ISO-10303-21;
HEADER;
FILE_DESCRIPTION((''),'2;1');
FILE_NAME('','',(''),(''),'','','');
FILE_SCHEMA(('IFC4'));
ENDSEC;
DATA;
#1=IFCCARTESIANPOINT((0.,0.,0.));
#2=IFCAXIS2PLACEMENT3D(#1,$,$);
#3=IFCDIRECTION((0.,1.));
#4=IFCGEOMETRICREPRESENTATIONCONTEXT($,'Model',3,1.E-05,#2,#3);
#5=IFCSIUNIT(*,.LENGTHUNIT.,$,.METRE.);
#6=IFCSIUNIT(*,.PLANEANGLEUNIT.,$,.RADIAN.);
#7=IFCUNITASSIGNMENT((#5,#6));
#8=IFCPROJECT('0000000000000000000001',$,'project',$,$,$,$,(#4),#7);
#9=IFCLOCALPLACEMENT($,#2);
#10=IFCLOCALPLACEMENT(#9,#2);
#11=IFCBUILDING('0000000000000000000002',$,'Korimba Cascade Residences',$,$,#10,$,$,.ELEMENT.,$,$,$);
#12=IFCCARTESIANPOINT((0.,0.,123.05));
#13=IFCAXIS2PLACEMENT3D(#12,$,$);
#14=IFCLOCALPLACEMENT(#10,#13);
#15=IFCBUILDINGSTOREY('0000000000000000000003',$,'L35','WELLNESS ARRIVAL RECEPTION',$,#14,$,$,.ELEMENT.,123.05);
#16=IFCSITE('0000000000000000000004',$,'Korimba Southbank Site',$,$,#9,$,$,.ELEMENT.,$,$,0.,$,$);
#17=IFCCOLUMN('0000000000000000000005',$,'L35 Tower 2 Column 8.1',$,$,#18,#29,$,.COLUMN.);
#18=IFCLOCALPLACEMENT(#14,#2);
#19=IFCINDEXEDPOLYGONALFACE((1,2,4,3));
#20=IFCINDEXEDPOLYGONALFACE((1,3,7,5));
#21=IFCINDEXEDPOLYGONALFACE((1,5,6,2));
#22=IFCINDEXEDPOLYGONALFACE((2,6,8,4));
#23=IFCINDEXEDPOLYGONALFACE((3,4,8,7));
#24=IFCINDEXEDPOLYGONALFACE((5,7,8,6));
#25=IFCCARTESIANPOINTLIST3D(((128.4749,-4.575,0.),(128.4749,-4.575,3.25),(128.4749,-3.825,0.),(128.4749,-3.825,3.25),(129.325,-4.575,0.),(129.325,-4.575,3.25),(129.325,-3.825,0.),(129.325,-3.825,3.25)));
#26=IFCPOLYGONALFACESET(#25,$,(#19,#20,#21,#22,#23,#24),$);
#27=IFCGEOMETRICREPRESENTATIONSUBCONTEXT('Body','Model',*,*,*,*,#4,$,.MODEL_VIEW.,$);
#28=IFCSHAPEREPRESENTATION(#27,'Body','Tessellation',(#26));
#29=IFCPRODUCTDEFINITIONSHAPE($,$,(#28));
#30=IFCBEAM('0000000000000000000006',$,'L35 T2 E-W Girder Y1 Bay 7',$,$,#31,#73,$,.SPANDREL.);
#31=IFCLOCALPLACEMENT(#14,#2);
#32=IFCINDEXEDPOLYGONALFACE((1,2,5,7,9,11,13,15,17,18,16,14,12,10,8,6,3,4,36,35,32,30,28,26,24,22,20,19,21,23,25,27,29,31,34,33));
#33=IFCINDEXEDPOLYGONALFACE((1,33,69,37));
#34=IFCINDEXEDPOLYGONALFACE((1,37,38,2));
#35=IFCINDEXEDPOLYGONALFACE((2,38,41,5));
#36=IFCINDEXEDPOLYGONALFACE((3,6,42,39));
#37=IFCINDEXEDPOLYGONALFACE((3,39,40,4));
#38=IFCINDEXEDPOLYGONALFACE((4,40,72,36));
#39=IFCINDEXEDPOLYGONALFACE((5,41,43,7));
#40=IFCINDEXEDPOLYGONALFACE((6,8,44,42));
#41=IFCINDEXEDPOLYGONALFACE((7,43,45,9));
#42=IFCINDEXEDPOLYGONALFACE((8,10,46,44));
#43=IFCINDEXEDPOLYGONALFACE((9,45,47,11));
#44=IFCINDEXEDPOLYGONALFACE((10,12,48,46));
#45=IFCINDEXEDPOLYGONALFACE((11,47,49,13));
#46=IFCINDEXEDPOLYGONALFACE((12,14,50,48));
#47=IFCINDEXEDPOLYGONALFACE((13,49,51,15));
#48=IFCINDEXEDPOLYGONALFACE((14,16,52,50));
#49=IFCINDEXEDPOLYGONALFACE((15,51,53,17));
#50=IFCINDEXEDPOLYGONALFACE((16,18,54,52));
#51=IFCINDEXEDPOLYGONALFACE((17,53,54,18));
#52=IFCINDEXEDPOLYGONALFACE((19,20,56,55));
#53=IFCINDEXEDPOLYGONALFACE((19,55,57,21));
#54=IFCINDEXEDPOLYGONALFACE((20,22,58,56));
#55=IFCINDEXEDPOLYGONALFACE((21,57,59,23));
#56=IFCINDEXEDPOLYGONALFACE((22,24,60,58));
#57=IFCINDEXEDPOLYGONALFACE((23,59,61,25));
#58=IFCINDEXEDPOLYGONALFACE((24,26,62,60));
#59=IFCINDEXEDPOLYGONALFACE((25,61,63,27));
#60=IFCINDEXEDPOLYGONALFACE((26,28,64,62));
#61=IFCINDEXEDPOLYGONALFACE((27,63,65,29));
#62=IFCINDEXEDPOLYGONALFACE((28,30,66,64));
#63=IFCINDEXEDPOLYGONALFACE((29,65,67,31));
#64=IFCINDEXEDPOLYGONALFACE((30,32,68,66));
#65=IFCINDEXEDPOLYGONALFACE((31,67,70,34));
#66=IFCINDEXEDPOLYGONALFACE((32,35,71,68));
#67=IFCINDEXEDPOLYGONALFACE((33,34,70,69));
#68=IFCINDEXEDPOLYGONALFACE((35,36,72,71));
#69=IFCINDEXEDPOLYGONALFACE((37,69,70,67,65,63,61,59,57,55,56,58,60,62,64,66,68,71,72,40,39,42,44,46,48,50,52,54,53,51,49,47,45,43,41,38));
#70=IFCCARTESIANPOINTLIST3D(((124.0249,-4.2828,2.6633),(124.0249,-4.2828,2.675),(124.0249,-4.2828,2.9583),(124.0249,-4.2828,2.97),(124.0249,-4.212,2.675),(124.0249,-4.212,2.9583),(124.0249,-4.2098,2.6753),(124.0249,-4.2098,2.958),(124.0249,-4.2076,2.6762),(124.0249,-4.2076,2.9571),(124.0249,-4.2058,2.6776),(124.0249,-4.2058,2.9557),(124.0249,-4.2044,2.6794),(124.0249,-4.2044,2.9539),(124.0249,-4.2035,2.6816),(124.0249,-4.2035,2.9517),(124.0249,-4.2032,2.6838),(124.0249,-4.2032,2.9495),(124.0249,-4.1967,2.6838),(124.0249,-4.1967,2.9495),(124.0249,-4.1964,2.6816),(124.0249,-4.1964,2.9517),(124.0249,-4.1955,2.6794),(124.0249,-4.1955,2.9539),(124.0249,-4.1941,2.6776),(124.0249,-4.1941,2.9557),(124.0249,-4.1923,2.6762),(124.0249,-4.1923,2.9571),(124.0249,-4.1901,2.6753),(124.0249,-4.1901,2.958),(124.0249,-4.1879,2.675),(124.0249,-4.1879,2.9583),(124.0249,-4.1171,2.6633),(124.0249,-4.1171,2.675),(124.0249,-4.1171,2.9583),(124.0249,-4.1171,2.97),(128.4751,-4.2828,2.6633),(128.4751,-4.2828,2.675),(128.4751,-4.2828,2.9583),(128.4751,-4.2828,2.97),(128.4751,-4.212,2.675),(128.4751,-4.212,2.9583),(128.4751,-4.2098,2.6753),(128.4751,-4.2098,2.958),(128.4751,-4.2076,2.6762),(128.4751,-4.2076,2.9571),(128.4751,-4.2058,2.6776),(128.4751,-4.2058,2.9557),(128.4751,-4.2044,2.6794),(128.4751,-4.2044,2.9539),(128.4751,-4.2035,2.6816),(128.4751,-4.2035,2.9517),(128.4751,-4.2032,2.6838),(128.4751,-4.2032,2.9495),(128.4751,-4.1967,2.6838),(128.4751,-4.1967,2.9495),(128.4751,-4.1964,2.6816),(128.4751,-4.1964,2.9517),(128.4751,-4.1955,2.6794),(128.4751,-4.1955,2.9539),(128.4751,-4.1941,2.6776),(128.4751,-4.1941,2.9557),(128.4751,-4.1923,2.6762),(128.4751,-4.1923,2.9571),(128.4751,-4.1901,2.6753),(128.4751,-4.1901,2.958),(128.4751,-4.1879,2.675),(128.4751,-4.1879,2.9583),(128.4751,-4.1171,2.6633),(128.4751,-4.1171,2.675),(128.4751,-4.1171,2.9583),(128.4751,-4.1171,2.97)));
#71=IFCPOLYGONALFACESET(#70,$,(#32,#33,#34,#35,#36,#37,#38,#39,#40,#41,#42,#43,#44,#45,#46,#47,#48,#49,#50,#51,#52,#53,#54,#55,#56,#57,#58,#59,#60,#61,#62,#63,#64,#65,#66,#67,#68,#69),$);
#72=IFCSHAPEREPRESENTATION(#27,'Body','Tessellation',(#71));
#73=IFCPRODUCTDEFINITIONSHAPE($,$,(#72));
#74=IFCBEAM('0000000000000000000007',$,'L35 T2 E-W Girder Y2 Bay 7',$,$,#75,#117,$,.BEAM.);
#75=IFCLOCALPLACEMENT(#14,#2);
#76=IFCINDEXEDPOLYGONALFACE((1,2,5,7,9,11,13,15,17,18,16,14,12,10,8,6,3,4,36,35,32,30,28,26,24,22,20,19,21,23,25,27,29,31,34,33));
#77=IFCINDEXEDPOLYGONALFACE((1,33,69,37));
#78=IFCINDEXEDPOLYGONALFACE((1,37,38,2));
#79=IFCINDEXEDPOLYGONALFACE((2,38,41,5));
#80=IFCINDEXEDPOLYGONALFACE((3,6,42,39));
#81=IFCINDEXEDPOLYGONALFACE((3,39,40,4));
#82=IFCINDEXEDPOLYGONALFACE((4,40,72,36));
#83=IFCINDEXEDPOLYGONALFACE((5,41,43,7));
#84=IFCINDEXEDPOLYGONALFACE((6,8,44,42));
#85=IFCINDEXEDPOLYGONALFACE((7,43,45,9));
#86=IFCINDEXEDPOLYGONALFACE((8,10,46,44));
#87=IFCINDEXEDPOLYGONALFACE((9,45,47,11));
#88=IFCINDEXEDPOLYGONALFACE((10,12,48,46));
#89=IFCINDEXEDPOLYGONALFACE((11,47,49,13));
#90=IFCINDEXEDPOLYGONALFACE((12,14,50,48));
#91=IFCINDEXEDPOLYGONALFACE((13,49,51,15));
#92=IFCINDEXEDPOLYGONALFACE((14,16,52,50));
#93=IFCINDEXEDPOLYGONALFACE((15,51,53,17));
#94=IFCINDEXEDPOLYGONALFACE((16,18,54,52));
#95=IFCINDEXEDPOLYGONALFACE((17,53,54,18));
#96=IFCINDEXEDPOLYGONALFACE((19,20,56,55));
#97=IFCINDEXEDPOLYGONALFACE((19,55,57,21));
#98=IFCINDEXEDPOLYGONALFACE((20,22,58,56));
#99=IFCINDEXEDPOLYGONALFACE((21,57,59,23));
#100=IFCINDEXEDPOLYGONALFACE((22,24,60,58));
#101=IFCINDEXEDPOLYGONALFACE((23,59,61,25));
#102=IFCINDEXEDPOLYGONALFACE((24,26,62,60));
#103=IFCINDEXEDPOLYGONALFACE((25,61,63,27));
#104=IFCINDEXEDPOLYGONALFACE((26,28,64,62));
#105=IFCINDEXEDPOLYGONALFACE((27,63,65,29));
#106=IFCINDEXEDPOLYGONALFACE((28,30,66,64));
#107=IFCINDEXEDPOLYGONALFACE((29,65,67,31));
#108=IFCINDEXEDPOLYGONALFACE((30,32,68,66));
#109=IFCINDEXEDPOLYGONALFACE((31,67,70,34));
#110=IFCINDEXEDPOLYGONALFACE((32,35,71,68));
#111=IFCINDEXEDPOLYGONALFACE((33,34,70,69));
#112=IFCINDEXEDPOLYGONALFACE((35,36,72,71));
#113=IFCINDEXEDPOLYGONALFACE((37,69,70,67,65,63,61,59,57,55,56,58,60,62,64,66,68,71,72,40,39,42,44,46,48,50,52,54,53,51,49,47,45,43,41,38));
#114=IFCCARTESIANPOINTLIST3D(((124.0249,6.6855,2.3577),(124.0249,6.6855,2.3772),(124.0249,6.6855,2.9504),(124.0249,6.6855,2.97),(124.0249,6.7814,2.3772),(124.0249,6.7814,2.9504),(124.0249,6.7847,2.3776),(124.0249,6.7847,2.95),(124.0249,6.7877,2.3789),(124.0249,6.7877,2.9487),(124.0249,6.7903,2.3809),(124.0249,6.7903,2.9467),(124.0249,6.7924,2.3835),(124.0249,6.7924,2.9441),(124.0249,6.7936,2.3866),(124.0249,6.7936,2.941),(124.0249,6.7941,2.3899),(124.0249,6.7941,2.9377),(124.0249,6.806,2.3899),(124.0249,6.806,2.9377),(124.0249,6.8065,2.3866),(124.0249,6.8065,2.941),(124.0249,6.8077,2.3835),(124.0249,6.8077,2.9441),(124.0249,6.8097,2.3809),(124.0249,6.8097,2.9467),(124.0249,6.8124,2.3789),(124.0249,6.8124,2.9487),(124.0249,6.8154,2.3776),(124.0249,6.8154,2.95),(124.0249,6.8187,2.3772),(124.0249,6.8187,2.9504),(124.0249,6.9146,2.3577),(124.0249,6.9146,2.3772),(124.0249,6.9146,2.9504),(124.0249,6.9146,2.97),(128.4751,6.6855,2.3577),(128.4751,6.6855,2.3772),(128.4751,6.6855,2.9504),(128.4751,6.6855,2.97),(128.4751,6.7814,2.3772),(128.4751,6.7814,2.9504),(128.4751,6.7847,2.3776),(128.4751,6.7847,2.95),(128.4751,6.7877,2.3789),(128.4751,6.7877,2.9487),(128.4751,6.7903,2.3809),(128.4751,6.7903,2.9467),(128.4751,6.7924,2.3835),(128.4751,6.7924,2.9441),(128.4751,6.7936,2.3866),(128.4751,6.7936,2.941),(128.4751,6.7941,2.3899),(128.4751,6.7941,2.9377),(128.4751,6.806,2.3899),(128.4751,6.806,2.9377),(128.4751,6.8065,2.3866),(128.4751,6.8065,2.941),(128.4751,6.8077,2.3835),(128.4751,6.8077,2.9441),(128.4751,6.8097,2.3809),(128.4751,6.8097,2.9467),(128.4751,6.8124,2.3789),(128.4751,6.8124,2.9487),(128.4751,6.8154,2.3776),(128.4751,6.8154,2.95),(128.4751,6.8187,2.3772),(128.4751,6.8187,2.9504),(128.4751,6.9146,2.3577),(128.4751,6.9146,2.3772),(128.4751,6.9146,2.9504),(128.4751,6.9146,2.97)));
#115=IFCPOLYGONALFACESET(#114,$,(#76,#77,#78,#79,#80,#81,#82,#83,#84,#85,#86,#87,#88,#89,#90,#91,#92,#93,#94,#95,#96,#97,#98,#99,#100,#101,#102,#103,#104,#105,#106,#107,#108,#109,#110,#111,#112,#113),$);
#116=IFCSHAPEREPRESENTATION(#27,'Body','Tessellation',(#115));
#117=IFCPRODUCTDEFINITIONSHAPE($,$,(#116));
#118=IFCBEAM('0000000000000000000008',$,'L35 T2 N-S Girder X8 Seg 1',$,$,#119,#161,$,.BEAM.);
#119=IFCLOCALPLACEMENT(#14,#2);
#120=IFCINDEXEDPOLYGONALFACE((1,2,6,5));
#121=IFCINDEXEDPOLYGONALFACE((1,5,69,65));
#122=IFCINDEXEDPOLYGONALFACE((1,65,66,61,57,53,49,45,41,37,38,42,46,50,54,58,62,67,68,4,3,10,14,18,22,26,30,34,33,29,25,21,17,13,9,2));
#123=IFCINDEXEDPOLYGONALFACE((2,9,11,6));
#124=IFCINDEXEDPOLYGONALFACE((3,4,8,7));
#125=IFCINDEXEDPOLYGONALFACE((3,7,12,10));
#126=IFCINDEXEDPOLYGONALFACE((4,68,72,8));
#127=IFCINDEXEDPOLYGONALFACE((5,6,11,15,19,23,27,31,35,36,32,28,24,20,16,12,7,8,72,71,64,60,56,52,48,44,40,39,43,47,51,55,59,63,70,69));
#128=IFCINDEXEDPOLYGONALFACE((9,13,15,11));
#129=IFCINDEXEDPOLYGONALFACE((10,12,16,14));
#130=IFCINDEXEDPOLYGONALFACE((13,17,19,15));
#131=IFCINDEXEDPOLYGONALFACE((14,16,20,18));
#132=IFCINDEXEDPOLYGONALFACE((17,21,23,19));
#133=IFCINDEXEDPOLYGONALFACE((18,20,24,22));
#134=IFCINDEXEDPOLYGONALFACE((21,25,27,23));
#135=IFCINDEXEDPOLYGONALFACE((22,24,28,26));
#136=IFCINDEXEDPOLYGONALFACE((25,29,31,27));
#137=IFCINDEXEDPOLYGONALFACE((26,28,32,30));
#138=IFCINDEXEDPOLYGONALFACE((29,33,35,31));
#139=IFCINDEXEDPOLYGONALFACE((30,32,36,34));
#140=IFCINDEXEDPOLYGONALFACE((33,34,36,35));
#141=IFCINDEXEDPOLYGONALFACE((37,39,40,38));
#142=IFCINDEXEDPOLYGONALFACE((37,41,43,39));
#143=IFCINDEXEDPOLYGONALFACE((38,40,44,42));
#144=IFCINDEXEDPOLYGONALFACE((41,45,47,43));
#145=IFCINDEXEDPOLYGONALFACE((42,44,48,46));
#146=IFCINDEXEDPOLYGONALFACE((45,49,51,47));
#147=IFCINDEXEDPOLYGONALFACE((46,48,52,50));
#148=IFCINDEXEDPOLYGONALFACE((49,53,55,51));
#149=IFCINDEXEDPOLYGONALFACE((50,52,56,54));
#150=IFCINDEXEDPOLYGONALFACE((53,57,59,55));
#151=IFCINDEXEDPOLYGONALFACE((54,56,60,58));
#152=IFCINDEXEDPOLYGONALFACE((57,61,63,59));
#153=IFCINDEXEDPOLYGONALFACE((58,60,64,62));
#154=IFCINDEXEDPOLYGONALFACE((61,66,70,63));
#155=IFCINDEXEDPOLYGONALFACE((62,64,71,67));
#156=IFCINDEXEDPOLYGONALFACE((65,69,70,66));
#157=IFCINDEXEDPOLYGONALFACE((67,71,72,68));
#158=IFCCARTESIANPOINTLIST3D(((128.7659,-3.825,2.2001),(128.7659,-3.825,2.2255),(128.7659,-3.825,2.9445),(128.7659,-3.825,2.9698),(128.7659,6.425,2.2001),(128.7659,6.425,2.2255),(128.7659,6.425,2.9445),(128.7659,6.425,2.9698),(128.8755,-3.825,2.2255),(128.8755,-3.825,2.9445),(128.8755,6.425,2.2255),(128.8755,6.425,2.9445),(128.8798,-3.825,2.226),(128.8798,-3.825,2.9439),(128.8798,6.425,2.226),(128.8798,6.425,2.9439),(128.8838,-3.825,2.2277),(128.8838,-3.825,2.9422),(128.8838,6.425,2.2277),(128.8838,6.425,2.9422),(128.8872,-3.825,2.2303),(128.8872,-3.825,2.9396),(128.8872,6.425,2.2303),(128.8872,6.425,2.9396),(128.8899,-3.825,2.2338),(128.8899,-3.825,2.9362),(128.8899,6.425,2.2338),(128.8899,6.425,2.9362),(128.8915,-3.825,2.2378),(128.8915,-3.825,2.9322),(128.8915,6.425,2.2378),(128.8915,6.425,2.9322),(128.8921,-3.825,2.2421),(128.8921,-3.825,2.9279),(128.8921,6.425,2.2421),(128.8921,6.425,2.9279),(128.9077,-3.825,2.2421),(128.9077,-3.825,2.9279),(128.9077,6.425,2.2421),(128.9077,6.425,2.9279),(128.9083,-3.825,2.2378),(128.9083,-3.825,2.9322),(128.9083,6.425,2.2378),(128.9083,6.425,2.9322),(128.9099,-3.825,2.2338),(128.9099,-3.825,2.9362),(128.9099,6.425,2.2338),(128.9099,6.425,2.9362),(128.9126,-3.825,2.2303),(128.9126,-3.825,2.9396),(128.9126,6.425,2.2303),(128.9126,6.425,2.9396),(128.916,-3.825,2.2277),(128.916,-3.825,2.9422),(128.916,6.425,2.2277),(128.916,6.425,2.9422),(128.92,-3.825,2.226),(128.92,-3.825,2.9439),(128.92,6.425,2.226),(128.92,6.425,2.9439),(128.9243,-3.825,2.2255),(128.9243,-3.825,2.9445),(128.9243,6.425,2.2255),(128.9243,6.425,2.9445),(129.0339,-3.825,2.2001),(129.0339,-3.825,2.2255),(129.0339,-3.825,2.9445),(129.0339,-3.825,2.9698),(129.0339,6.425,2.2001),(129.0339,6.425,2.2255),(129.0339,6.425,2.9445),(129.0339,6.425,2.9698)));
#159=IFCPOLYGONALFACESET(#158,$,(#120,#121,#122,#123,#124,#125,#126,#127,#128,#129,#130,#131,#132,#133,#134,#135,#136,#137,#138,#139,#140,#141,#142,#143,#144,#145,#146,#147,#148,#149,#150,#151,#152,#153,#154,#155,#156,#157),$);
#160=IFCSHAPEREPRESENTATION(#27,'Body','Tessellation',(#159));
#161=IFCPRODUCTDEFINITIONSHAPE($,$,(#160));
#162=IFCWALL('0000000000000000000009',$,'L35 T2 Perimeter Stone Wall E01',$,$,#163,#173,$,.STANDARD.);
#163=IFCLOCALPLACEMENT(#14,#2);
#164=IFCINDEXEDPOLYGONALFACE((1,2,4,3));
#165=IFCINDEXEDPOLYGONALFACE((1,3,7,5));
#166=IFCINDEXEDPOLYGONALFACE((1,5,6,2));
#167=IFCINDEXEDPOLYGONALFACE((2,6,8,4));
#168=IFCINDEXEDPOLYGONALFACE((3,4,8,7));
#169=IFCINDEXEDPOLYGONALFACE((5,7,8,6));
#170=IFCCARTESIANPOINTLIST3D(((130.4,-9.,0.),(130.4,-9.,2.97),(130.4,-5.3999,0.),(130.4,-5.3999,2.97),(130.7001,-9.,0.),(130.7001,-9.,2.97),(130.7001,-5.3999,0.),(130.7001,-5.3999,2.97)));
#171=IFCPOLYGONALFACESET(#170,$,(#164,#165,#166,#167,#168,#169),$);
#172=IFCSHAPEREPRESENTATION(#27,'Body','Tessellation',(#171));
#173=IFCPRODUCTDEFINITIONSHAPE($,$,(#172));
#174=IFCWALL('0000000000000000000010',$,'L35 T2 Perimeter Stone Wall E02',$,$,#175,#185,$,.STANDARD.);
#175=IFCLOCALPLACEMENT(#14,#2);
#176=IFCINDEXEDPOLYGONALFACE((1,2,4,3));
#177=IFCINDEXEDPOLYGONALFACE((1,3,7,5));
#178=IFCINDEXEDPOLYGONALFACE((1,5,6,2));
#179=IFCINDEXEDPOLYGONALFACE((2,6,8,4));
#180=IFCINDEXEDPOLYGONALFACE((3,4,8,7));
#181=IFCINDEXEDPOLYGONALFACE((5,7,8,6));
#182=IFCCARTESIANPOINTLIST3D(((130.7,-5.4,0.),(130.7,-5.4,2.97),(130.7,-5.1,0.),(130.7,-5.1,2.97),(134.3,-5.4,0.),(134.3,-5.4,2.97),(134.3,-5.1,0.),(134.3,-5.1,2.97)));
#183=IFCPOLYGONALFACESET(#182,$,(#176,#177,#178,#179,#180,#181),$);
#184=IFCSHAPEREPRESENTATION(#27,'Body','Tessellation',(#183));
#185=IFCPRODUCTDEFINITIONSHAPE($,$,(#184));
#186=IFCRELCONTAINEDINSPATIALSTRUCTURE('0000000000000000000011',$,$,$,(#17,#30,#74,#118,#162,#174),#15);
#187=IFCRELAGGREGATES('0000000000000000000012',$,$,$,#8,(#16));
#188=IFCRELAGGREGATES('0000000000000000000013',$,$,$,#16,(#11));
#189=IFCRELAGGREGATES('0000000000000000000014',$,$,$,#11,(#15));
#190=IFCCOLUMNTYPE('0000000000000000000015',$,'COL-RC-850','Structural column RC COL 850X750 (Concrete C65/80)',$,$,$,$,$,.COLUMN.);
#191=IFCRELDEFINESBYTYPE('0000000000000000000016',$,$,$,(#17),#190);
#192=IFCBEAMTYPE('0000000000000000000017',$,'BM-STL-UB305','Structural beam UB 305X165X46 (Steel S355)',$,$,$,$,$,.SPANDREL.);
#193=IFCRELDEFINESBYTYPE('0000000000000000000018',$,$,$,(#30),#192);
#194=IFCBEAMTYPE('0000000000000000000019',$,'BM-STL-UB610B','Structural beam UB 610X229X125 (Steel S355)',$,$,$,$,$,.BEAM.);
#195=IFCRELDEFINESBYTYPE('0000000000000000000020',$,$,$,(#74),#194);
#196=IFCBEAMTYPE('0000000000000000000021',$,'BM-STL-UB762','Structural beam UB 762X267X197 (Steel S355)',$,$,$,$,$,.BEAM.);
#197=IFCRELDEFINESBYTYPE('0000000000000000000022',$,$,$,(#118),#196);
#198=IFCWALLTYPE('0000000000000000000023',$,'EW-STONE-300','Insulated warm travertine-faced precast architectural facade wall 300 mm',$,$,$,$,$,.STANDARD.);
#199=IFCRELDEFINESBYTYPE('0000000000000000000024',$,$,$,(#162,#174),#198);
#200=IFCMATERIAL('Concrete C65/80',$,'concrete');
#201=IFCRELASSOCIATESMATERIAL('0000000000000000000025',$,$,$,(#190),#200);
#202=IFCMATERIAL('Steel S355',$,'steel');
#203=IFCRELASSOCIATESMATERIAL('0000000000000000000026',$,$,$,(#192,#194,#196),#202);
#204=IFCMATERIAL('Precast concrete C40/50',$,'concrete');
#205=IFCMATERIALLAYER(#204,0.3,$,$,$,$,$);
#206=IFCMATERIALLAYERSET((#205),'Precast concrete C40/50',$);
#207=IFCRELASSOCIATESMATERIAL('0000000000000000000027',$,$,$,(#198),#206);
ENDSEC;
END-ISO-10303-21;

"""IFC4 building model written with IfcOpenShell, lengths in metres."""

from ifc_helpers import new_model, si_unit, direction, frame, frame_2d, origin, origin_2d, place, context, subcontext, project, spatial, rectangle, i_section, extrude, material, layer, layer_set, material_profile, profile_set, type_object, element, save


model = new_model("IFC4")

# Units and contexts
model_context = context("Model", 3, precision=1e-05, world=origin(), true_north=direction((0.0, 1.0)))
body_context = subcontext(model_context, "Body", "Model", "MODEL_VIEW")
ifc_project = project(units=[si_unit("LENGTHUNIT", "METRE"), si_unit("PLANEANGLEUNIT", "RADIAN")], contexts=[model_context])

# Site, building, storey
site_placement = place(None, origin())
site = spatial("IfcSite", under=ifc_project, at=site_placement, Name="Korimba Southbank Site", CompositionType="ELEMENT", RefElevation=0.0)
building_placement = place(site_placement, origin())
building = spatial("IfcBuilding", under=site, at=building_placement, Name="Korimba Cascade Residences", CompositionType="ELEMENT")
storey_placement = place(building_placement, frame((0.0, 0.0, 123.05)))
storey = spatial("IfcBuildingStorey", under=building, at=storey_placement, Name="L35", Description="WELLNESS ARRIVAL RECEPTION", CompositionType="ELEMENT", Elevation=123.05)

# Column
ifc_material_1 = material(Name="Concrete C65/80", Category="concrete")
ifc_material_profile_1 = material_profile(ifc_material_1, rectangle(XDim=0.8501, YDim=0.75, at=origin_2d()), Name="Concrete C65/80")
ifc_profile_set_1 = profile_set([ifc_material_profile_1], Name="Concrete C65/80")
column_type = type_object("IfcColumnType", Name="COL-RC-850", Description="Structural column RC COL 850X750 (Concrete C65/80)", PredefinedType="COLUMN", material=ifc_profile_set_1)
column_placement = place(storey_placement, frame((128.8999, -4.2, 0.0), z_axis=(0.0, 0.0, 1.0), x_axis=(1.0, 0.0, 0.0)))
element("IfcColumn", 1, at=column_placement, inside=storey, type_object=column_type, Name="L35 Tower 2 Column 8.1", PredefinedType="COLUMN", context=body_context, shape_type="SweptSolid", body=[
    extrude(rectangle(XDim=0.8501, YDim=0.75, at=origin_2d()), origin(), (0.0, 0.0, 1.0), 3.25),
])

# Beams
ifc_material_2 = material(Name="Steel S355", Category="steel")
ifc_material_profile_2 = material_profile(ifc_material_2, i_section(OverallWidth=0.1658, OverallDepth=0.3066, WebThickness=0.0066, FlangeThickness=0.0117, FilletRadius=0.0088, at=origin_2d()), Name="Steel S355")
ifc_profile_set_2 = profile_set([ifc_material_profile_2], Name="Steel S355")
beam_type_1 = type_object("IfcBeamType", Name="BM-STL-UB305", Description="Structural beam UB 305X165X46 (Steel S355)", PredefinedType="SPANDREL", material=ifc_profile_set_2)
beam_1_placement = place(storey_placement, frame((124.0249, -4.2, 2.8167), z_axis=(1.0, 0.0, 0.0), x_axis=(0.0, 1.0, 0.0)))
element("IfcBeam", 2, at=beam_1_placement, inside=storey, type_object=beam_type_1, Name="L35 T2 E-W Girder Y1 Bay 7", PredefinedType="SPANDREL", context=body_context, shape_type="SweptSolid", body=[
    extrude(i_section(OverallWidth=0.1658, OverallDepth=0.3066, WebThickness=0.0066, FlangeThickness=0.0117, FilletRadius=0.0088, at=origin_2d()), origin(), (0.0, 0.0, 1.0), 4.4502),
])
ifc_material_profile_3 = material_profile(ifc_material_2, i_section(OverallWidth=0.229, OverallDepth=0.6123, WebThickness=0.012, FlangeThickness=0.0195, FilletRadius=0.0127, at=origin_2d()), Name="Steel S355")
ifc_profile_set_3 = profile_set([ifc_material_profile_3], Name="Steel S355")
beam_type_2 = type_object("IfcBeamType", Name="BM-STL-UB610B", Description="Structural beam UB 610X229X125 (Steel S355)", PredefinedType="BEAM", material=ifc_profile_set_3)
beam_2_placement = place(storey_placement, frame((124.0249, 6.8, 2.6638), z_axis=(1.0, 0.0, 0.0), x_axis=(0.0, 1.0, 0.0)))
element("IfcBeam", 3, at=beam_2_placement, inside=storey, type_object=beam_type_2, Name="L35 T2 E-W Girder Y2 Bay 7", PredefinedType="BEAM", context=body_context, shape_type="SweptSolid", body=[
    extrude(i_section(OverallWidth=0.229, OverallDepth=0.6123, WebThickness=0.012, FlangeThickness=0.0195, FilletRadius=0.0127, at=origin_2d()), origin(), (0.0, 0.0, 1.0), 4.4502),
])
ifc_material_profile_4 = material_profile(ifc_material_2, i_section(OverallWidth=0.2681, OverallDepth=0.7698, WebThickness=0.0156, FlangeThickness=0.0254, FilletRadius=0.0166, at=origin_2d()), Name="Steel S355")
ifc_profile_set_4 = profile_set([ifc_material_profile_4], Name="Steel S355")
beam_type_3 = type_object("IfcBeamType", Name="BM-STL-UB762", Description="Structural beam UB 762X267X197 (Steel S355)", PredefinedType="BEAM", material=ifc_profile_set_4)
beam_3_placement = place(storey_placement, frame((128.8999, -3.825, 2.585), z_axis=(0.0, 1.0, 0.0), x_axis=(-1.0, 0.0, 0.0)))
element("IfcBeam", 4, at=beam_3_placement, inside=storey, type_object=beam_type_3, Name="L35 T2 N-S Girder X8 Seg 1", PredefinedType="BEAM", context=body_context, shape_type="SweptSolid", body=[
    extrude(i_section(OverallWidth=0.2681, OverallDepth=0.7698, WebThickness=0.0156, FlangeThickness=0.0254, FilletRadius=0.0166, at=origin_2d()), origin(), (0.0, 0.0, 1.0), 10.25),
])

# Walls
ifc_material_3 = material(Name="Precast concrete C40/50", Category="concrete")
ifc_layer_1 = layer(ifc_material_3, 0.3)
ifc_layer_set_1 = layer_set([ifc_layer_1], Name="Precast concrete C40/50")
wall_type_1 = type_object("IfcWallType", Name="EW-STONE-300", Description="Insulated warm travertine-faced precast architectural facade wall 300 mm", PredefinedType="STANDARD", material=ifc_layer_set_1)
for number, where, z_axis, x_axis, name in (
    (5, (130.55, -9.0, 0.0), (0.0, 0.0, 1.0), (0.0, 1.0, 0.0), "L35 T2 Perimeter Stone Wall E01"),
    (6, (130.7, -5.25, 0.0), (0.0, 0.0, 1.0), (1.0, 0.0, 0.0), "L35 T2 Perimeter Stone Wall E02"),
):
    element("IfcWall", number, at=place(storey_placement, frame(where, z_axis=z_axis, x_axis=x_axis)), inside=storey, type_object=wall_type_1, Name=name, PredefinedType="STANDARD", context=body_context, shape_type="SweptSolid", body=[
        extrude(rectangle(XDim=3.6001, YDim=0.3, at=frame_2d((1.8, 0.0))), origin(), (0.0, 0.0, 1.0), 2.97),
    ])

save(model, "model.ifc")
